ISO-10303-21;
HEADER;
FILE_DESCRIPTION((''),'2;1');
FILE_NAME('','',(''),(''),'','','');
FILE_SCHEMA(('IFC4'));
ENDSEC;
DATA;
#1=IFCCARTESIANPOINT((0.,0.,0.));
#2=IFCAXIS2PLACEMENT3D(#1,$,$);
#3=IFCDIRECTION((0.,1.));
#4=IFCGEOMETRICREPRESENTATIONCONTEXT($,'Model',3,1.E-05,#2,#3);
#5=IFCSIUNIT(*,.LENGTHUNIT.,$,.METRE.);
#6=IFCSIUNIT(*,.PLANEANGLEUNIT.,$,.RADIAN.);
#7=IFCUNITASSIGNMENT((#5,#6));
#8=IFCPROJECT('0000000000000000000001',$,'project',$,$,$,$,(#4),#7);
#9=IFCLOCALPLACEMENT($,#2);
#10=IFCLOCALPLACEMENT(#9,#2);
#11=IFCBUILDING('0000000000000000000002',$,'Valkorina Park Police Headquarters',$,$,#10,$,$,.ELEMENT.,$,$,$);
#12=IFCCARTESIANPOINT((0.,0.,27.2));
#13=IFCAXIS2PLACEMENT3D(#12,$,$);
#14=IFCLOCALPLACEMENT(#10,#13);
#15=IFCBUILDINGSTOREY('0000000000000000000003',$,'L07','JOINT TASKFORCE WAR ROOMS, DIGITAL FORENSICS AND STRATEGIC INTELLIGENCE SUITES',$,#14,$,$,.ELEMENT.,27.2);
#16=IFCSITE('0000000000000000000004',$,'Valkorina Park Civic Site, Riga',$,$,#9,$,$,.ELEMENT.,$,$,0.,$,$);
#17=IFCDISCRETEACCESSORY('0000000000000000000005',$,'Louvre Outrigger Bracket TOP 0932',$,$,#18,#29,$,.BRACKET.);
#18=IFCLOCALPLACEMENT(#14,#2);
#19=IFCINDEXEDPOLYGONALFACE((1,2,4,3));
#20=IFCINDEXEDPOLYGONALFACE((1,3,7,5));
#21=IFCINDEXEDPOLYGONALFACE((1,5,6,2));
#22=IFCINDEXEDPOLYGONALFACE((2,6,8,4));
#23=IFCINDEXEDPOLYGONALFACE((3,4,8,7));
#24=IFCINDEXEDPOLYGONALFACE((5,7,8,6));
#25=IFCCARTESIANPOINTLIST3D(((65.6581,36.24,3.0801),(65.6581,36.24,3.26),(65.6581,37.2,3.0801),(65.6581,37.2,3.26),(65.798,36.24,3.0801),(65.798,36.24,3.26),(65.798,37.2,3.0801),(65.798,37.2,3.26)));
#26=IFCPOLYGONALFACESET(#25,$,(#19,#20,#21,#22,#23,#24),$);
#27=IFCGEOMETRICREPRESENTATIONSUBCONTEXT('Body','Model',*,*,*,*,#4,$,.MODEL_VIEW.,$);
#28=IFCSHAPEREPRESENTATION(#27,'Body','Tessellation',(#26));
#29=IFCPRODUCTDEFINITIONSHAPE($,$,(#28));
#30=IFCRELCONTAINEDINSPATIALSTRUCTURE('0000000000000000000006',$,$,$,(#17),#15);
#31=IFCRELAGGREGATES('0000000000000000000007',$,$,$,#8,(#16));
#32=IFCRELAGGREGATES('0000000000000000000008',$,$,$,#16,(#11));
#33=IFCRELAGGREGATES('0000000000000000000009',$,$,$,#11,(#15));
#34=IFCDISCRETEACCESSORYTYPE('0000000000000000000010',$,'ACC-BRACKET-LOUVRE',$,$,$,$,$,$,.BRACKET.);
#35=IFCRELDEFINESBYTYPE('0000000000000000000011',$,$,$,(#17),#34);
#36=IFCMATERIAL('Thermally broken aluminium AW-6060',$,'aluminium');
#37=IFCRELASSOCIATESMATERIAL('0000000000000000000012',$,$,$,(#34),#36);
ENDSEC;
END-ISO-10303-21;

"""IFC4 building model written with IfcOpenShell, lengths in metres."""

from ifc_helpers import new_model, si_unit, direction, frame, origin, origin_2d, place, context, subcontext, project, spatial, rectangle, extrude, material, type_object, element, save


model = new_model("IFC4")

# Units and contexts
model_context = context("Model", 3, precision=1e-05, world=origin(), true_north=direction((0.0, 1.0)))
body_context = subcontext(model_context, "Body", "Model", "MODEL_VIEW")
ifc_project = project(units=[si_unit("LENGTHUNIT", "METRE"), si_unit("PLANEANGLEUNIT", "RADIAN")], contexts=[model_context])

# Site, building, storey
site_placement = place(None, origin())
site = spatial("IfcSite", under=ifc_project, at=site_placement, Name="Valkorina Park Civic Site, Riga", CompositionType="ELEMENT", RefElevation=0.0)
building_placement = place(site_placement, origin())
building = spatial("IfcBuilding", under=site, at=building_placement, Name="Valkorina Park Police Headquarters", CompositionType="ELEMENT")
storey_placement = place(building_placement, frame((0.0, 0.0, 27.2)))
storey = spatial("IfcBuildingStorey", under=building, at=storey_placement, Name="L07", Description="JOINT TASKFORCE WAR ROOMS, DIGITAL FORENSICS AND STRATEGIC INTELLIGENCE SUITES", CompositionType="ELEMENT", Elevation=27.2)

# Shared definitions
ifc_material_1 = material(Name="Thermally broken aluminium AW-6060", Category="aluminium")

# Discrete accessory
discrete_accessory_type = type_object("IfcDiscreteAccessoryType", Name="ACC-BRACKET-LOUVRE", PredefinedType="BRACKET", material=ifc_material_1)
for number, where, z_axis, x_axis, name in (
    (1, (65.728, 36.72, 3.0801), (0.0, 0.0, 1.0), (0.0, -1.0, 0.0), "Louvre Outrigger Bracket TOP 0932"),
):
    element("IfcDiscreteAccessory", number, at=place(storey_placement, frame(where, z_axis=z_axis, x_axis=x_axis)), inside=storey, type_object=discrete_accessory_type, Name=name, PredefinedType="BRACKET", context=body_context, shape_type="SweptSolid", body=[
        extrude(rectangle(XDim=0.96, YDim=0.1399, at=origin_2d()), origin(), (0.0, 0.0, 1.0), 0.1799),
    ])

save(model, "model.ifc")
